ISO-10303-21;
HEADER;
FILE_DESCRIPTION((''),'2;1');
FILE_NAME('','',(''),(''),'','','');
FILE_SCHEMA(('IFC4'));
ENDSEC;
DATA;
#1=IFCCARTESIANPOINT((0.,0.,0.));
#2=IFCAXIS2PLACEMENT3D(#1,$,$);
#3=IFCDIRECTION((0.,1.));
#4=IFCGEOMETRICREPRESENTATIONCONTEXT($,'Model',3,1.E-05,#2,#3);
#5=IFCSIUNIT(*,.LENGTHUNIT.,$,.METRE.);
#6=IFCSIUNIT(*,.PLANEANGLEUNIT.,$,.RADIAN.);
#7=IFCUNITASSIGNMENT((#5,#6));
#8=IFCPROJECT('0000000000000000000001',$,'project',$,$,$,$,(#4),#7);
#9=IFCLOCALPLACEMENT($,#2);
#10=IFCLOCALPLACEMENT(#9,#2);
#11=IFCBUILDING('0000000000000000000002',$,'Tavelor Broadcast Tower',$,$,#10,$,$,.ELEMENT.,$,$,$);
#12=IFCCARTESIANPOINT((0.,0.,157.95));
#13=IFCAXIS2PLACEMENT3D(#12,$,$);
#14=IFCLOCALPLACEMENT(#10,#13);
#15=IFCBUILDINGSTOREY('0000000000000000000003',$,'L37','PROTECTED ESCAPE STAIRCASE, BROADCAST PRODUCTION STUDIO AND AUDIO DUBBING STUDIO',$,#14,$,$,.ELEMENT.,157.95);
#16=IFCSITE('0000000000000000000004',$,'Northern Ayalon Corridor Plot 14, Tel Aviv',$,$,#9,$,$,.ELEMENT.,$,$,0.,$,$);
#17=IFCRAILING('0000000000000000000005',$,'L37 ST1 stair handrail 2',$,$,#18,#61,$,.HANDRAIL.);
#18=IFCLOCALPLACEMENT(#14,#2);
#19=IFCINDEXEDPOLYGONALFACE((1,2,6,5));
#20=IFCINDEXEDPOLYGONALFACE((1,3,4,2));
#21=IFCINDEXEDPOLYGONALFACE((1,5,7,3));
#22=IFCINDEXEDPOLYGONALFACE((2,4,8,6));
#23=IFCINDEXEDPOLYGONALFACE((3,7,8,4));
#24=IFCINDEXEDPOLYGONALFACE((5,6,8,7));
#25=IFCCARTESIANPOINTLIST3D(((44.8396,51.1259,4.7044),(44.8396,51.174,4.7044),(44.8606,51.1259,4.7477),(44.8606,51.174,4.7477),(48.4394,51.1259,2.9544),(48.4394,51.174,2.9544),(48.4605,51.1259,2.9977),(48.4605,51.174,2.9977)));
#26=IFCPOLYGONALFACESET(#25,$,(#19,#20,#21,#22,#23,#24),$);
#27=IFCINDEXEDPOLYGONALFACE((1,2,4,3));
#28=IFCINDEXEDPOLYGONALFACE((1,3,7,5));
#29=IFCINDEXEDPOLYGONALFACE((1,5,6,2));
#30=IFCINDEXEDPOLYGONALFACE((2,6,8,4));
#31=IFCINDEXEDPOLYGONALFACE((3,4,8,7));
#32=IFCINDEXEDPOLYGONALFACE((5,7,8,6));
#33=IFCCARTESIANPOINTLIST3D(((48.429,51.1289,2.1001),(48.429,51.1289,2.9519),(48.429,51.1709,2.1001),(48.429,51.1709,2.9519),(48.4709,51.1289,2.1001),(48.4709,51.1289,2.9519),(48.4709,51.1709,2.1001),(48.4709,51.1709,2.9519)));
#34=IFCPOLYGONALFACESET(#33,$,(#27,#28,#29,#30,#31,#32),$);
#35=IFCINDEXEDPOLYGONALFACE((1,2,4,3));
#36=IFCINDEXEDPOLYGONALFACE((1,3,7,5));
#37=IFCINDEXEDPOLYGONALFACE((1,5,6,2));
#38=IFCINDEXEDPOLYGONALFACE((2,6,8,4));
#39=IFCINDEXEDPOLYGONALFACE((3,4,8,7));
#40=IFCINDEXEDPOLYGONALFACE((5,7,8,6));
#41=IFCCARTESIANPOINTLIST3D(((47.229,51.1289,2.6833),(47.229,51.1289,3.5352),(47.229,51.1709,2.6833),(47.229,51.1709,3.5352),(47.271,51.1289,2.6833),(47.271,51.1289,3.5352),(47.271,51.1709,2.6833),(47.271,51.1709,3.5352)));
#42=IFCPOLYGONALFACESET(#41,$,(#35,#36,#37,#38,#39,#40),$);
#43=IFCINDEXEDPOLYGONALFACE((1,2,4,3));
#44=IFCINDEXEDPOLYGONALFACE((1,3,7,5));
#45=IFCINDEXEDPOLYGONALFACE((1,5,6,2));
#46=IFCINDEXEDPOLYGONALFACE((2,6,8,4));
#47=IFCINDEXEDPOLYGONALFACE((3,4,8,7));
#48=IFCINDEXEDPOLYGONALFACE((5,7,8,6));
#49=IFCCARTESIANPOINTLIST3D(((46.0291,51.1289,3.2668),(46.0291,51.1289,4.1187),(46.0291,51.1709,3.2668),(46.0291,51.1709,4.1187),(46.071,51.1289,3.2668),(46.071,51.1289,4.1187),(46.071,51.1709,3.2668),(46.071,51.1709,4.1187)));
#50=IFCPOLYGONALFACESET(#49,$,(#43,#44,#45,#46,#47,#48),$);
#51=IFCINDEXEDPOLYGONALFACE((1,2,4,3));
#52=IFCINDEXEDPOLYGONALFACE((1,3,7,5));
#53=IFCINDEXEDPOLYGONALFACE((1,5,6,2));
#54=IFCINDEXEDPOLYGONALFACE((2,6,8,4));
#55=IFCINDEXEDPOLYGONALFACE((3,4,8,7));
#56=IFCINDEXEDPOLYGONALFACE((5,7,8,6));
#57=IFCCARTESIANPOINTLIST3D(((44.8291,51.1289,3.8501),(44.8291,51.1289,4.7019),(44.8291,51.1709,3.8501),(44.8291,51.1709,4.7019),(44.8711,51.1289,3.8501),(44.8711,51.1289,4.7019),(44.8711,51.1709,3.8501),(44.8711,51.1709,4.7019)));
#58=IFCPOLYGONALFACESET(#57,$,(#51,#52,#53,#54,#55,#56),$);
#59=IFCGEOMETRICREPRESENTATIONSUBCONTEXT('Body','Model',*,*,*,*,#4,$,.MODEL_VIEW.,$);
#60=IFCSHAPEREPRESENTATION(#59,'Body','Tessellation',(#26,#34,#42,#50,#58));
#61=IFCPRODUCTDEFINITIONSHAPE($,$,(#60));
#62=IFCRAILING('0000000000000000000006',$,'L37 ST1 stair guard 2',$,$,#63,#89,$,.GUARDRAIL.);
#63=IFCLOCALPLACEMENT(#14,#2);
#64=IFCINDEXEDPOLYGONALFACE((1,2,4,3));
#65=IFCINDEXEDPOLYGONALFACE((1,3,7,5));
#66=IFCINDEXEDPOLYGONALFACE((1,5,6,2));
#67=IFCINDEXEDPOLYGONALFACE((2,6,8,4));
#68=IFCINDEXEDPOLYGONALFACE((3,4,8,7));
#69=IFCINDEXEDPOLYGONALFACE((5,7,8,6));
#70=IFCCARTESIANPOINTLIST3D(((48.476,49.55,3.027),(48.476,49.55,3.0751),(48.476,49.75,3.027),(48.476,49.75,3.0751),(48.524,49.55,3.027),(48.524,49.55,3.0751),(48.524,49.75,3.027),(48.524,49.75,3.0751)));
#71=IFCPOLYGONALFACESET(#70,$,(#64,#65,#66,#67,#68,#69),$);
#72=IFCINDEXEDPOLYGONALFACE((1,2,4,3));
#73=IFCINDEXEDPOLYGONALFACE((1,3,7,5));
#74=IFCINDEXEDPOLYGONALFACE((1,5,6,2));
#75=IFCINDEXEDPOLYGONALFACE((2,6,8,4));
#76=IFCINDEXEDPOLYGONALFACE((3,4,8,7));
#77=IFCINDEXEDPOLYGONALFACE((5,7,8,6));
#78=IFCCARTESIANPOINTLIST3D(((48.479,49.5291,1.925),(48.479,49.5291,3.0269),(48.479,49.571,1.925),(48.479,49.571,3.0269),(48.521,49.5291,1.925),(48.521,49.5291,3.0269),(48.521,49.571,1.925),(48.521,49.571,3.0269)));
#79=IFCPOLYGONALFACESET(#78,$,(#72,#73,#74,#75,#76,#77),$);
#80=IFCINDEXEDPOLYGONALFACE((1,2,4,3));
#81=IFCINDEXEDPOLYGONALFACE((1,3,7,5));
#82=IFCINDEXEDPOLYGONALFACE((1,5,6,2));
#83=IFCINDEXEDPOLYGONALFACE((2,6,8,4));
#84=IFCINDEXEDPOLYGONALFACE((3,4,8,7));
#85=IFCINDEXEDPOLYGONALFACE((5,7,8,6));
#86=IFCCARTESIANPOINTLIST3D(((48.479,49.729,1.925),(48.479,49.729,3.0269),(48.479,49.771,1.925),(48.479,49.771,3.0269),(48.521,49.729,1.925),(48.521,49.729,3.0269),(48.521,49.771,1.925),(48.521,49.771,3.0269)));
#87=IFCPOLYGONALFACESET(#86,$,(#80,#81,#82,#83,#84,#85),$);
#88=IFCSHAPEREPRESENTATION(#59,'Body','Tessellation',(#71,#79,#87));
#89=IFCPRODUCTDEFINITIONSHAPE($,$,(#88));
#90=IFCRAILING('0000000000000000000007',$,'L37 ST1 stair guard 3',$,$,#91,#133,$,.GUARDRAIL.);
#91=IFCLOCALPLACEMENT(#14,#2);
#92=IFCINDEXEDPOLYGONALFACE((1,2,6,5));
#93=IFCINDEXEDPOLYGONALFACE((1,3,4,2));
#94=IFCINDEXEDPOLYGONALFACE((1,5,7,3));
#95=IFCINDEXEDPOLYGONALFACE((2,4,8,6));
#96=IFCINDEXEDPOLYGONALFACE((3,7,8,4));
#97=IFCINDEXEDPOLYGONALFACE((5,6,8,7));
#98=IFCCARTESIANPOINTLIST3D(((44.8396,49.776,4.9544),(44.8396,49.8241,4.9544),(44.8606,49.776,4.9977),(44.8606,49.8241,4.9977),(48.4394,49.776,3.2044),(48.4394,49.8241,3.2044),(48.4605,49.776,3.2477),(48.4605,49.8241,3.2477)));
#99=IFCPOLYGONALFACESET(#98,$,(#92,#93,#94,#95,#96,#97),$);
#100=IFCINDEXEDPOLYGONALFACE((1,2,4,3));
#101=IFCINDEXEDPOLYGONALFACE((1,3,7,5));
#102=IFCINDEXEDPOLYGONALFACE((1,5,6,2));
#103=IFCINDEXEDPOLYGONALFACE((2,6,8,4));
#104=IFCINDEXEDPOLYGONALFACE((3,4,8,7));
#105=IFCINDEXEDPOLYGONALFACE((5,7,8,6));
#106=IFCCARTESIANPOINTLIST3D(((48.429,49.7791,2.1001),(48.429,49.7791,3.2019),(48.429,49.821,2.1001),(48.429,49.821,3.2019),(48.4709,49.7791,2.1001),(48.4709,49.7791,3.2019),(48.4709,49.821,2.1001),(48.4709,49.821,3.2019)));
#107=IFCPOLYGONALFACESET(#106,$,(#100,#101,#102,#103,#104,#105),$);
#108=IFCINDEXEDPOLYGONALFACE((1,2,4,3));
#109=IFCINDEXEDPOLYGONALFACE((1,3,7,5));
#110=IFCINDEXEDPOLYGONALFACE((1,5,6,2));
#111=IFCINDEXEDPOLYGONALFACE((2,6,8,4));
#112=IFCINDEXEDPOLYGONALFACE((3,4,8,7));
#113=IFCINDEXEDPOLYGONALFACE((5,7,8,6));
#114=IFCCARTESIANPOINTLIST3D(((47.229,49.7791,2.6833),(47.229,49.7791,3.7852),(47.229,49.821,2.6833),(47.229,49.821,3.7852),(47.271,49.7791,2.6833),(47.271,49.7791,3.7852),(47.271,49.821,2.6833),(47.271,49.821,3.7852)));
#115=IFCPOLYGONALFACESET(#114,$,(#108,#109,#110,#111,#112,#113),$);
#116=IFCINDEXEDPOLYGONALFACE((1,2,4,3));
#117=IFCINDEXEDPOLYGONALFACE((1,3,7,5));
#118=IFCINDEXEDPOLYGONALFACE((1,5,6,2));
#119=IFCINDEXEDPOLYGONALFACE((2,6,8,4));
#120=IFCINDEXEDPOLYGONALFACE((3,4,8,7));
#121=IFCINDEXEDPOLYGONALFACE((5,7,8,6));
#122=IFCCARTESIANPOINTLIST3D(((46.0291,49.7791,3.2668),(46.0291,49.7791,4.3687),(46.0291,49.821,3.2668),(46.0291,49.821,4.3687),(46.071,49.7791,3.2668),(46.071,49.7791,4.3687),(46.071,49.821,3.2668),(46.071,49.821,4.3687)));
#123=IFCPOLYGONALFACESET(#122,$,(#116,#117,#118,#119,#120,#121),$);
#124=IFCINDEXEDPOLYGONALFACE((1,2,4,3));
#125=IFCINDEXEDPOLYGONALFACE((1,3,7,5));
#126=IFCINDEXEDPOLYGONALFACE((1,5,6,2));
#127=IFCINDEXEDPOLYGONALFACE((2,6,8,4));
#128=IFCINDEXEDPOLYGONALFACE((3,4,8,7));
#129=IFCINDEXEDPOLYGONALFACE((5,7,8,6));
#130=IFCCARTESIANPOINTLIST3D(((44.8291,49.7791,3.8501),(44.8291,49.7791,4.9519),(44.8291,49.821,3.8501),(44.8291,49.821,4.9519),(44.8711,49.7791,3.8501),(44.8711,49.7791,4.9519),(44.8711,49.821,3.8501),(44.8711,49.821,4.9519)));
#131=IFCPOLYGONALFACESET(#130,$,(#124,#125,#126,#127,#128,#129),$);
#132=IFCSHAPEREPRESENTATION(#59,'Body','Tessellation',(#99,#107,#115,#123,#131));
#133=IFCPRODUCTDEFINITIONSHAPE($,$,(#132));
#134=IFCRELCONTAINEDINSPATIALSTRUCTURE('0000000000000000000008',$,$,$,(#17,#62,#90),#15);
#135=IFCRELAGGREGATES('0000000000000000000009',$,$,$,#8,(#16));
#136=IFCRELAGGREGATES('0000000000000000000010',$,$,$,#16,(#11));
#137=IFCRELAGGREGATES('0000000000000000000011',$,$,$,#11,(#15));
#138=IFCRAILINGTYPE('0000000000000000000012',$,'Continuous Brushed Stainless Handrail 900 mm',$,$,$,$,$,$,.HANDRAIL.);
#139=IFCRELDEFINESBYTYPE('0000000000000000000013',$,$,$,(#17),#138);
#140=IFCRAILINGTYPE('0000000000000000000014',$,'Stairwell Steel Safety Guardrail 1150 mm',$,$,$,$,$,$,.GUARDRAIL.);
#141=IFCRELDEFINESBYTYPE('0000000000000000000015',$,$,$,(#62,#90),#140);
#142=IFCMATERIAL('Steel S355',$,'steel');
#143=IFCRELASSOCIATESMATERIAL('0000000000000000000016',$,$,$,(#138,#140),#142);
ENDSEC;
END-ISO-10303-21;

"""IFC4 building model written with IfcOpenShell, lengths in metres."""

from ifc_helpers import new_model, si_unit, direction, frame, origin, origin_2d, place, context, subcontext, project, spatial, rectangle, extrude, material, type_object, element, save


model = new_model("IFC4")

# Units and contexts
model_context = context("Model", 3, precision=1e-05, world=origin(), true_north=direction((0.0, 1.0)))
body_context = subcontext(model_context, "Body", "Model", "MODEL_VIEW")
ifc_project = project(units=[si_unit("LENGTHUNIT", "METRE"), si_unit("PLANEANGLEUNIT", "RADIAN")], contexts=[model_context])

# Site, building, storey
site_placement = place(None, origin())
site = spatial("IfcSite", under=ifc_project, at=site_placement, Name="Northern Ayalon Corridor Plot 14, Tel Aviv", CompositionType="ELEMENT", RefElevation=0.0)
building_placement = place(site_placement, origin())
building = spatial("IfcBuilding", under=site, at=building_placement, Name="Tavelor Broadcast Tower", CompositionType="ELEMENT")
storey_placement = place(building_placement, frame((0.0, 0.0, 157.95)))
storey = spatial("IfcBuildingStorey", under=building, at=storey_placement, Name="L37", Description="PROTECTED ESCAPE STAIRCASE, BROADCAST PRODUCTION STUDIO AND AUDIO DUBBING STUDIO", CompositionType="ELEMENT", Elevation=157.95)

# Shared definitions
ifc_material_1 = material(Name="Steel S355", Category="steel")

# Railings
railing_type_1 = type_object("IfcRailingType", Name="Continuous Brushed Stainless Handrail 900 mm", PredefinedType="HANDRAIL", material=ifc_material_1)
railing_1_placement = place(storey_placement, frame((48.45, 51.1499, 2.1001)))
element("IfcRailing", 1, at=railing_1_placement, inside=storey, type_object=railing_type_1, Name="L37 ST1 stair handrail 2", PredefinedType="HANDRAIL", context=body_context, shape_type="SweptSolid", body=[
    extrude(rectangle(XDim=0.0481, YDim=0.0481, at=origin_2d()), frame((0.0, 0.0, 0.876), z_axis=(-0.899361, 0.0, 0.437207), x_axis=(0.0, -1.0, 0.0)), (0.0, 0.0, 1.0), 4.0027),
    extrude(rectangle(XDim=0.042, YDim=0.042, at=origin_2d()), origin(), (0.0, 0.0, 1.0), 0.8518),
    extrude(rectangle(XDim=0.042, YDim=0.042, at=origin_2d()), frame((-1.2, 0.0, 0.5833)), (0.0, 0.0, 1.0), 0.8518),
    extrude(rectangle(XDim=0.042, YDim=0.042, at=origin_2d()), frame((-2.3999, 0.0, 1.1667)), (0.0, 0.0, 1.0), 0.8518),
    extrude(rectangle(XDim=0.042, YDim=0.042, at=origin_2d()), frame((-3.5999, 0.0, 1.75)), (0.0, 0.0, 1.0), 0.8518),
])
railing_type_2 = type_object("IfcRailingType", Name="Stairwell Steel Safety Guardrail 1150 mm", PredefinedType="GUARDRAIL", material=ifc_material_1)
railing_2_placement = place(storey_placement, frame((48.5, 49.55, 1.925)))
element("IfcRailing", 2, at=railing_2_placement, inside=storey, type_object=railing_type_2, Name="L37 ST1 stair guard 2", PredefinedType="GUARDRAIL", context=body_context, shape_type="SweptSolid", body=[
    extrude(rectangle(XDim=0.0481, YDim=0.0481, at=origin_2d()), frame((0.0, 0.0, 1.126), z_axis=(0.0, 1.0, 0.0), x_axis=(-1.0, 0.0, 0.0)), (0.0, 0.0, 1.0), 0.2),
    extrude(rectangle(XDim=0.042, YDim=0.042, at=origin_2d()), origin(), (0.0, 0.0, 1.0), 1.1018),
    extrude(rectangle(XDim=0.042, YDim=0.042, at=origin_2d()), frame((0.0, 0.2, 0.0)), (0.0, 0.0, 1.0), 1.1018),
])
railing_3_placement = place(storey_placement, frame((48.45, 49.8, 2.1001)))
element("IfcRailing", 3, at=railing_3_placement, inside=storey, type_object=railing_type_2, Name="L37 ST1 stair guard 3", PredefinedType="GUARDRAIL", context=body_context, shape_type="SweptSolid", body=[
    extrude(rectangle(XDim=0.0481, YDim=0.0481, at=origin_2d()), frame((0.0, 0.0, 1.126), z_axis=(-0.899361, 0.0, 0.437207), x_axis=(0.0, -1.0, 0.0)), (0.0, 0.0, 1.0), 4.0027),
    extrude(rectangle(XDim=0.042, YDim=0.042, at=origin_2d()), origin(), (0.0, 0.0, 1.0), 1.1018),
    extrude(rectangle(XDim=0.042, YDim=0.042, at=origin_2d()), frame((-1.2, 0.0, 0.5833)), (0.0, 0.0, 1.0), 1.1018),
    extrude(rectangle(XDim=0.042, YDim=0.042, at=origin_2d()), frame((-2.3999, 0.0, 1.1667)), (0.0, 0.0, 1.0), 1.1018),
    extrude(rectangle(XDim=0.042, YDim=0.042, at=origin_2d()), frame((-3.5999, 0.0, 1.75)), (0.0, 0.0, 1.0), 1.1018),
])

save(model, "model.ifc")
